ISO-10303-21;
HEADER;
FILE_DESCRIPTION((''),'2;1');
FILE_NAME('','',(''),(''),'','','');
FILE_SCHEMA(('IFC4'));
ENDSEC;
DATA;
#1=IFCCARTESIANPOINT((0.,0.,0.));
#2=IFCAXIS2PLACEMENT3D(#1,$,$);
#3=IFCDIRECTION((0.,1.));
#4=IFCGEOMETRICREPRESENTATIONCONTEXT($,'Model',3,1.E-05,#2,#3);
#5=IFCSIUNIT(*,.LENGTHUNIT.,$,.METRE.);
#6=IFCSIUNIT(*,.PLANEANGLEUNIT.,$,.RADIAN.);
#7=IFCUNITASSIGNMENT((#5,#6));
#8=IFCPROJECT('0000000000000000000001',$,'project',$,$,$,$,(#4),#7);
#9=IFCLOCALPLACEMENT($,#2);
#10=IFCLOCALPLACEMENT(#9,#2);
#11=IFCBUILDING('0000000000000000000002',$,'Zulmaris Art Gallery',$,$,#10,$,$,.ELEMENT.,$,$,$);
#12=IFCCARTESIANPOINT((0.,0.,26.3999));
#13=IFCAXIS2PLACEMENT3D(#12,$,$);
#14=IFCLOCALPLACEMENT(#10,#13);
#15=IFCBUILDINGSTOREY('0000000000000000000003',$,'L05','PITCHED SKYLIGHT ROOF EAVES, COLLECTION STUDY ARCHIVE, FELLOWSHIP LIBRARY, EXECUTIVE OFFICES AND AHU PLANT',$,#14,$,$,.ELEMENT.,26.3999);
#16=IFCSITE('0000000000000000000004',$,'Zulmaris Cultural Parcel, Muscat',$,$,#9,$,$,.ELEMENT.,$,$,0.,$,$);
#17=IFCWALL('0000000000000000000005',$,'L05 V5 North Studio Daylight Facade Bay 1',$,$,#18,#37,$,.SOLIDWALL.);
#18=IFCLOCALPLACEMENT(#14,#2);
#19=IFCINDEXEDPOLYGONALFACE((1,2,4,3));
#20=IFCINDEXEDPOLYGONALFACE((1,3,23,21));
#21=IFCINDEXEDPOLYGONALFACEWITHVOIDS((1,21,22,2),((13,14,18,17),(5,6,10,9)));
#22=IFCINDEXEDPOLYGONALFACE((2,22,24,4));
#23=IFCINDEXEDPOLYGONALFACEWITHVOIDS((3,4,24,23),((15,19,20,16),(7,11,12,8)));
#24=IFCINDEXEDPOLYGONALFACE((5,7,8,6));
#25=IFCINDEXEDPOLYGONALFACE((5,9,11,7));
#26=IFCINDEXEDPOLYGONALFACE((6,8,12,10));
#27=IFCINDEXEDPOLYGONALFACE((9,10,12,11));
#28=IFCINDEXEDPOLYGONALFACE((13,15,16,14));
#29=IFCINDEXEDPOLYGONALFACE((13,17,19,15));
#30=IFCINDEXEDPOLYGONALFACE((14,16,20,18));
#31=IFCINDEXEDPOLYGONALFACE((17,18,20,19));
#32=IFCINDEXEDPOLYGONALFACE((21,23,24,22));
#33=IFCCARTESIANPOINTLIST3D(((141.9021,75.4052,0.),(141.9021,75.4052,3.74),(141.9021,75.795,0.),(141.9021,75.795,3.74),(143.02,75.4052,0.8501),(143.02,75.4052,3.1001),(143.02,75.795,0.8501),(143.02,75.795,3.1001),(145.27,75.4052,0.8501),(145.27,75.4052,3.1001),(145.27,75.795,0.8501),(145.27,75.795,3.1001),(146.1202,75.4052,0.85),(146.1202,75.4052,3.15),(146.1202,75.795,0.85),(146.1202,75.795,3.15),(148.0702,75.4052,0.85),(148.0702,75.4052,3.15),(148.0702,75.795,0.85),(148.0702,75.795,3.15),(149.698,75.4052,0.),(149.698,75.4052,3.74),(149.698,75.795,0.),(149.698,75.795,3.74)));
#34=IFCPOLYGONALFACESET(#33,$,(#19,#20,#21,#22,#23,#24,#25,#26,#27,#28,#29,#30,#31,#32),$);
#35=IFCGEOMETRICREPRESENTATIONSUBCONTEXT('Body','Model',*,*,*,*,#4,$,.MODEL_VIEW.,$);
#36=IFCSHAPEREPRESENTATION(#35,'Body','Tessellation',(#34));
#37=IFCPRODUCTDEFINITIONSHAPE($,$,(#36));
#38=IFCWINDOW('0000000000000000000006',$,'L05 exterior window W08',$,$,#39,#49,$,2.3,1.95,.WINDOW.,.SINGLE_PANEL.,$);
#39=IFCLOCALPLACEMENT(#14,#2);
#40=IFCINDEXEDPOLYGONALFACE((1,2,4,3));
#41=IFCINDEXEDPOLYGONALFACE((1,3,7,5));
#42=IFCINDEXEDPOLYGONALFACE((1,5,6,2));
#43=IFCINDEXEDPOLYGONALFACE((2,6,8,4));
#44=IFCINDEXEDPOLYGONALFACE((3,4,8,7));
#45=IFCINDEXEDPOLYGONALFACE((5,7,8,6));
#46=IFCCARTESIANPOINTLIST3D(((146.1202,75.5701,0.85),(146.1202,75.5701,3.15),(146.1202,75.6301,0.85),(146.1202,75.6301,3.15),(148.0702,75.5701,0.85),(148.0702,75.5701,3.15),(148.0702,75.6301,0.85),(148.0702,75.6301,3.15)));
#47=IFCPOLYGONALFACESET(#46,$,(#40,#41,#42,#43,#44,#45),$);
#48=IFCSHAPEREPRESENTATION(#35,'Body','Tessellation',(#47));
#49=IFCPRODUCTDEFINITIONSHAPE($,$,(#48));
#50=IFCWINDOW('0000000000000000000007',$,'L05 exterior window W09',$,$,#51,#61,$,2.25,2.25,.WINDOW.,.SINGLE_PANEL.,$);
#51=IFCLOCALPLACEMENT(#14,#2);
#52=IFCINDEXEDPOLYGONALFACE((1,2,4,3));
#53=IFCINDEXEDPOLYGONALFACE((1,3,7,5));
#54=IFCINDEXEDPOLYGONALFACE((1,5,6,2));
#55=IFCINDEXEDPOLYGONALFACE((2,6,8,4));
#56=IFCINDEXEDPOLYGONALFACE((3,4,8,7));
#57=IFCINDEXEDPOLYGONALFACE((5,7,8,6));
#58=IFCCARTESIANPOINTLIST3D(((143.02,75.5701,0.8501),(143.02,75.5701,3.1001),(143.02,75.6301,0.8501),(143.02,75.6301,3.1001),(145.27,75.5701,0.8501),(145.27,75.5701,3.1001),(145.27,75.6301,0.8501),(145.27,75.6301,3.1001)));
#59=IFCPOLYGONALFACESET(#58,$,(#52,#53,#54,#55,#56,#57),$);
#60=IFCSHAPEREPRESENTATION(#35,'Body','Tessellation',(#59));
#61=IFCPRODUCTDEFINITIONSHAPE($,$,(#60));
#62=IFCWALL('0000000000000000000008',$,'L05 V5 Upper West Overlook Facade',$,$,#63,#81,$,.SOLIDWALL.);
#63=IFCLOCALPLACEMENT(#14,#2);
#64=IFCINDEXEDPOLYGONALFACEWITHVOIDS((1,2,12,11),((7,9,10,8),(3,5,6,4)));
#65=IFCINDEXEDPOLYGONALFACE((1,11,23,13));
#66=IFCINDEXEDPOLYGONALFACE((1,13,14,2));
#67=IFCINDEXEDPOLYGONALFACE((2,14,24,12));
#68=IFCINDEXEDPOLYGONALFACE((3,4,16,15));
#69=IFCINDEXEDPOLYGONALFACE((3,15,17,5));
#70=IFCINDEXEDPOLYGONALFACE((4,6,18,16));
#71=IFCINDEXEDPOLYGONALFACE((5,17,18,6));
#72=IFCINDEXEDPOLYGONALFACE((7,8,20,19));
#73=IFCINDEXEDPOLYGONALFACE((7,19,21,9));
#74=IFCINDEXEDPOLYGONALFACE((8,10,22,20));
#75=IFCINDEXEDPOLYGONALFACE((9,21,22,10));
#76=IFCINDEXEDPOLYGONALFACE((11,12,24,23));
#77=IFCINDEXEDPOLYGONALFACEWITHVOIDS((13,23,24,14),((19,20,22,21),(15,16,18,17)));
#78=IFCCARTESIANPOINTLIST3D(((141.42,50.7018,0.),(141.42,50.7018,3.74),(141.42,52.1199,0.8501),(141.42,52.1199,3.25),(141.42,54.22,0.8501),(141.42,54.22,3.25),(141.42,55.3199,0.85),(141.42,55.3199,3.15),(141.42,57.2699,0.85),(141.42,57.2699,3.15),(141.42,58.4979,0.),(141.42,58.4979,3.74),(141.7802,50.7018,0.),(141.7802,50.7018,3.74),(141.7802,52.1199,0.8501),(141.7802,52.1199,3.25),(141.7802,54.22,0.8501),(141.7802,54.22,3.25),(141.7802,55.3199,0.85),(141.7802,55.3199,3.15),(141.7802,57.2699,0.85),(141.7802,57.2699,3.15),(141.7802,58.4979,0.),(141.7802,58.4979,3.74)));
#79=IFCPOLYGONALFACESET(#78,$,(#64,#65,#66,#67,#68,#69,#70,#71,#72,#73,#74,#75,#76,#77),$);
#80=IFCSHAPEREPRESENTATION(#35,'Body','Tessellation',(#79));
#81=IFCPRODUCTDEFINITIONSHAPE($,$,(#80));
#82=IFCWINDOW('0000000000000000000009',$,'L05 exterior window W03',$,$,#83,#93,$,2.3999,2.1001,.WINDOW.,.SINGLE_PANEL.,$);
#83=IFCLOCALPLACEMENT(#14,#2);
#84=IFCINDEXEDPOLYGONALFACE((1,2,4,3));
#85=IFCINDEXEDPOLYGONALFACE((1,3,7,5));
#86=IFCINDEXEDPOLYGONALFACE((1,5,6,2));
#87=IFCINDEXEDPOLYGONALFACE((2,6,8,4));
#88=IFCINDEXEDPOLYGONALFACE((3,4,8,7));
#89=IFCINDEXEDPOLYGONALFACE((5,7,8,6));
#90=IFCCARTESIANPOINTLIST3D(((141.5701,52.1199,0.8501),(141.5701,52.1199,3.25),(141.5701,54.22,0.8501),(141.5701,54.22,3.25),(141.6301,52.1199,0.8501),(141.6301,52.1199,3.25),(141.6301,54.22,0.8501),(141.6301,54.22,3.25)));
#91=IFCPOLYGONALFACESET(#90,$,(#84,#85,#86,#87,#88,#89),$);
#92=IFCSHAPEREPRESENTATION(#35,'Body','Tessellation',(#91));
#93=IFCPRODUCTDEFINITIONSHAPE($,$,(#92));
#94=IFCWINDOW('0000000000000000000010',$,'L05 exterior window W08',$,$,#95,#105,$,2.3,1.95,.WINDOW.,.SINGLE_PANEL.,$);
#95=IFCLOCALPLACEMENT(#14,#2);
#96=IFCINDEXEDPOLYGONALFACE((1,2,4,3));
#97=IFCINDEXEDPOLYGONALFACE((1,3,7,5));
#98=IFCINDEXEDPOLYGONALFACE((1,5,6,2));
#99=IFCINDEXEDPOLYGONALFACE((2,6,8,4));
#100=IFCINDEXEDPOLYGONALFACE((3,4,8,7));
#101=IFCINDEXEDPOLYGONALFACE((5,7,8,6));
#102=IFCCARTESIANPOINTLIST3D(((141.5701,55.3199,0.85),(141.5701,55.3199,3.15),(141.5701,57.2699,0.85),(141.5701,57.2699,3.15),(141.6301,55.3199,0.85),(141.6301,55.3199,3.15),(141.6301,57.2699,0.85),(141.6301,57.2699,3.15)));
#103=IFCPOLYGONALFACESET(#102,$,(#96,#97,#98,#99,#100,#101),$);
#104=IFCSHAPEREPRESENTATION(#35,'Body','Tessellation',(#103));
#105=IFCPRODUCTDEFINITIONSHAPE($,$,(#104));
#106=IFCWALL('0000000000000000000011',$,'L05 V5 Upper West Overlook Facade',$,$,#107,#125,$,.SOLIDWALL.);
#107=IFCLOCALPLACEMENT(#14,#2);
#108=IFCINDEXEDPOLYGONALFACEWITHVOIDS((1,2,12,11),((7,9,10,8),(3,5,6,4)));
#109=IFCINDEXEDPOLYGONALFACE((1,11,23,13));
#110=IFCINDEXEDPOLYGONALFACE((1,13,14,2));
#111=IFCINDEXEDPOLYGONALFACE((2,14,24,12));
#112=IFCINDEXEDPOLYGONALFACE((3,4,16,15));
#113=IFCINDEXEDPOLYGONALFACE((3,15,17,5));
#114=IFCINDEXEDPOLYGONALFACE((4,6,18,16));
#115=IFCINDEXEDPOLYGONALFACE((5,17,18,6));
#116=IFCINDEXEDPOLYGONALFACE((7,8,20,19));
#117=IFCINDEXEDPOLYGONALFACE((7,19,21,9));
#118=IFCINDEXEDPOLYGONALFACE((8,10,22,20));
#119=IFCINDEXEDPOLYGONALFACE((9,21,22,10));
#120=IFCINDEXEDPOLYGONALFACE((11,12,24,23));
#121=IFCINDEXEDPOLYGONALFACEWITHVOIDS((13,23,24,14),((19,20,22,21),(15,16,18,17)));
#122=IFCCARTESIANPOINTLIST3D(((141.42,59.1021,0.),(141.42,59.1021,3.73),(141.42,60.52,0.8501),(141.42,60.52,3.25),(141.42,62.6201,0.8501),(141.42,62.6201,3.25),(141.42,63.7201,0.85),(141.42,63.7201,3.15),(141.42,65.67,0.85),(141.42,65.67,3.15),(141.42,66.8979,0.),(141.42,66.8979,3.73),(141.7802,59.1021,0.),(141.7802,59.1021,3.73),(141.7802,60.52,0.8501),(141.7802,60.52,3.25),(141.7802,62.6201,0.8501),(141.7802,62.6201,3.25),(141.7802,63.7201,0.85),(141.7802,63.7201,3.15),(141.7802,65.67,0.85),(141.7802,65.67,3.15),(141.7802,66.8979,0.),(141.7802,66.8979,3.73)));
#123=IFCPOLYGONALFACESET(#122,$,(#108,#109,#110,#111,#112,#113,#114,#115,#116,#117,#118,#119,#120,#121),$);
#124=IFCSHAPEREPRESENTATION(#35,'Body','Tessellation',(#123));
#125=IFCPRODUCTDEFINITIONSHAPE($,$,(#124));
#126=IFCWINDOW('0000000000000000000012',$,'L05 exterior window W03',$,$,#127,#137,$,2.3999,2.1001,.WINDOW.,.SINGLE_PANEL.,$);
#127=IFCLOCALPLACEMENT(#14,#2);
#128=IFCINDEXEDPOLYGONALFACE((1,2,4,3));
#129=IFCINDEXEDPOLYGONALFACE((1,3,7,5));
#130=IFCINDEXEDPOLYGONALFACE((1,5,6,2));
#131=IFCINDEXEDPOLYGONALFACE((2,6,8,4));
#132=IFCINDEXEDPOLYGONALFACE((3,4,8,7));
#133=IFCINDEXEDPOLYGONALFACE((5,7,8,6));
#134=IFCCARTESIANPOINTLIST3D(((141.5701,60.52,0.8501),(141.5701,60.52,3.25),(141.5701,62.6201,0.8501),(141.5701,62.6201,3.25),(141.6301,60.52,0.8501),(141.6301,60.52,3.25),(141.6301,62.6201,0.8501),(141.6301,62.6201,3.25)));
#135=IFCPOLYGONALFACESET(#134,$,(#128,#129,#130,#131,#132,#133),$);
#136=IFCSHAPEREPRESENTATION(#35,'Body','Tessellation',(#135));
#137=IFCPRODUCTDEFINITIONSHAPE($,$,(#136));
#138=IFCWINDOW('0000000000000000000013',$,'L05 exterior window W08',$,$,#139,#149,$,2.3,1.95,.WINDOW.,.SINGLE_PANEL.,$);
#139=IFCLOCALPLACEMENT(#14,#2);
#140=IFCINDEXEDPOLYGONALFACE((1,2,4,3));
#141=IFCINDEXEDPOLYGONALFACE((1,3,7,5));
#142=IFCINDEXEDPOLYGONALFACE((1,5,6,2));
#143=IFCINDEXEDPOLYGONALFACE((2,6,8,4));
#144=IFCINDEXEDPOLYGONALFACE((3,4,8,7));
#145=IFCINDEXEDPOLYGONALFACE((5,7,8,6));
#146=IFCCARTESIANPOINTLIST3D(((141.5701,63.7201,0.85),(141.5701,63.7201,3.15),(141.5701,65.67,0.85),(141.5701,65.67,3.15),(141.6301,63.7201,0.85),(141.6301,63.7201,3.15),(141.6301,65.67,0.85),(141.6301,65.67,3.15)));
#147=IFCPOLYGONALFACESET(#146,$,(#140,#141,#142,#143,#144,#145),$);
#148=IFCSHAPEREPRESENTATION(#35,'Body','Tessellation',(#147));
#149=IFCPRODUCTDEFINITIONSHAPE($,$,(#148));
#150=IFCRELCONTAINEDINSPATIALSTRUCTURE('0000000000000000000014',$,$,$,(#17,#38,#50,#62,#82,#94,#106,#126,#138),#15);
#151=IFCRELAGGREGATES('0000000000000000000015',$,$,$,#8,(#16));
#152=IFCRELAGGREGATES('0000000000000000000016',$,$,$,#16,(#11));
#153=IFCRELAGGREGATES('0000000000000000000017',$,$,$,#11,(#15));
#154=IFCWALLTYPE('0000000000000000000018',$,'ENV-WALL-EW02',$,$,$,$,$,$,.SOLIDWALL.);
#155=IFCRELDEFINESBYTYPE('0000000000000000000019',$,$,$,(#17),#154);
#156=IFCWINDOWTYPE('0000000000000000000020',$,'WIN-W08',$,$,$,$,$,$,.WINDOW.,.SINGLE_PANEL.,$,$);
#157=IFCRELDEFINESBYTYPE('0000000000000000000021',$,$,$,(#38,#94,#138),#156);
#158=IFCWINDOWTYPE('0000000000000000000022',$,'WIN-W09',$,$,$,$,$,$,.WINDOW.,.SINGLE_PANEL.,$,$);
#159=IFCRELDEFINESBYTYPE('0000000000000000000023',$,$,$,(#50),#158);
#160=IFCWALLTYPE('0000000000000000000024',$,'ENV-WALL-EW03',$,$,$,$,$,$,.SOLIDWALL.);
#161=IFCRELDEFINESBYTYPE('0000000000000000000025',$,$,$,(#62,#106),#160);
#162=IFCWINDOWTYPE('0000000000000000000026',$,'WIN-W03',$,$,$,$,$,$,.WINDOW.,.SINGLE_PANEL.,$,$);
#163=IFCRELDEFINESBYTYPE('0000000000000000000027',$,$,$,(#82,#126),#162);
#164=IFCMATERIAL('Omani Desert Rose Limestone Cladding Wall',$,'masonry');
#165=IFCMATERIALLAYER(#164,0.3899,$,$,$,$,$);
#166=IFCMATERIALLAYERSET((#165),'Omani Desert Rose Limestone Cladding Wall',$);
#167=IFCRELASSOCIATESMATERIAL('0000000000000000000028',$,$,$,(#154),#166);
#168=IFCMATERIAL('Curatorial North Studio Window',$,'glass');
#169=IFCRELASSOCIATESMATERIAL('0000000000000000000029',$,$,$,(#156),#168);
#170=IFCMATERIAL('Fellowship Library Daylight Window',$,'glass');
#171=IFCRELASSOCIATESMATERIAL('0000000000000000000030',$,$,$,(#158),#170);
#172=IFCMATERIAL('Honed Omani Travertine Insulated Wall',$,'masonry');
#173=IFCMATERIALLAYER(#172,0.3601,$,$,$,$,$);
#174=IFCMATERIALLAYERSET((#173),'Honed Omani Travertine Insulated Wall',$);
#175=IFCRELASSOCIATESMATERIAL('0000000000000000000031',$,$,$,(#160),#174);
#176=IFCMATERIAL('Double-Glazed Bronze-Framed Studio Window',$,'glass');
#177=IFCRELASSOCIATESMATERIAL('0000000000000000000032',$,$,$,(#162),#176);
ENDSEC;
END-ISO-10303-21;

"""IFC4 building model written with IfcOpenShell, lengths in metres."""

from ifc_helpers import new_model, si_unit, direction, frame, frame_2d, origin, place, context, subcontext, project, spatial, rectangle, extrude, material, layer, layer_set, type_object, element, fill, save


model = new_model("IFC4")

# Units and contexts
model_context = context("Model", 3, precision=1e-05, world=origin(), true_north=direction((0.0, 1.0)))
body_context = subcontext(model_context, "Body", "Model", "MODEL_VIEW")
ifc_project = project(units=[si_unit("LENGTHUNIT", "METRE"), si_unit("PLANEANGLEUNIT", "RADIAN")], contexts=[model_context])

# Site, building, storey
site_placement = place(None, origin())
site = spatial("IfcSite", under=ifc_project, at=site_placement, Name="Zulmaris Cultural Parcel, Muscat", CompositionType="ELEMENT", RefElevation=0.0)
building_placement = place(site_placement, origin())
building = spatial("IfcBuilding", under=site, at=building_placement, Name="Zulmaris Art Gallery", CompositionType="ELEMENT")
storey_placement = place(building_placement, frame((0.0, 0.0, 26.3999)))
storey = spatial("IfcBuildingStorey", under=building, at=storey_placement, Name="L05", Description="PITCHED SKYLIGHT ROOF EAVES, COLLECTION STUDY ARCHIVE, FELLOWSHIP LIBRARY, EXECUTIVE OFFICES AND AHU PLANT", CompositionType="ELEMENT", Elevation=26.3999)

# Walls, openings, windows
ifc_material_1 = material(Name="Omani Desert Rose Limestone Cladding Wall", Category="masonry")
ifc_layer_1 = layer(ifc_material_1, 0.3899)
ifc_layer_set_1 = layer_set([ifc_layer_1], Name="Omani Desert Rose Limestone Cladding Wall")
wall_type_1 = type_object("IfcWallType", Name="ENV-WALL-EW02", PredefinedType="SOLIDWALL", material=ifc_layer_set_1)
wall_1_placement = place(storey_placement, frame((141.9021, 75.6001, 0.0), z_axis=(0.0, 0.0, 1.0), x_axis=(1.0, 0.0, 0.0)))
wall_1 = element("IfcWall", 1, at=wall_1_placement, inside=storey, type_object=wall_type_1, Name="L05 V5 North Studio Daylight Facade Bay 1", PredefinedType="SOLIDWALL", context=body_context, shape_type="SweptSolid", body=[
    extrude(rectangle(XDim=7.7959, YDim=0.3899, at=frame_2d((3.8979, 0.0))), origin(), (0.0, 0.0, 1.0), 3.74),
])
opening_1_placement = place(wall_1_placement, frame((1.1179, 0.0, 0.8501)))
opening_1 = element("IfcOpeningElement", 2, at=opening_1_placement, cuts=wall_1, PredefinedType="OPENING", context=body_context, shape_type="SweptSolid", body=[
    extrude(rectangle(XDim=2.25, YDim=2.25, at=frame_2d((1.125, 1.125))), frame((0.0, 0.2048, 0.0), z_axis=(0.0, -1.0, 0.0), x_axis=(1.0, 0.0, 0.0)), (0.0, 0.0, 1.0), 0.4099),
])
opening_2_placement = place(wall_1_placement, frame((4.218, 0.0, 0.8501)))
opening_2 = element("IfcOpeningElement", 3, at=opening_2_placement, cuts=wall_1, PredefinedType="OPENING", context=body_context, shape_type="SweptSolid", body=[
    extrude(rectangle(XDim=1.95, YDim=2.3, at=frame_2d((0.9751, 1.1499))), frame((0.0, 0.2048, 0.0), z_axis=(0.0, -1.0, 0.0), x_axis=(1.0, 0.0, 0.0)), (0.0, 0.0, 1.0), 0.4099),
])
ifc_material_2 = material(Name="Curatorial North Studio Window", Category="glass")
window_type_1 = type_object("IfcWindowType", Name="WIN-W08", PartitioningType="SINGLE_PANEL", PredefinedType="WINDOW", material=ifc_material_2)
window_1_placement = place(opening_2_placement, origin())
window_1 = element("IfcWindow", 4, at=window_1_placement, inside=storey, type_object=window_type_1, Name="L05 exterior window W08", OverallHeight=2.3, OverallWidth=1.95, PartitioningType="SINGLE_PANEL", PredefinedType="WINDOW", context=body_context, shape_type="SweptSolid", body=[
    extrude(rectangle(XDim=1.95, YDim=2.3, at=frame_2d((0.9751, 1.1499))), frame((0.0, 0.03, 0.0), z_axis=(0.0, -1.0, 0.0), x_axis=(1.0, 0.0, 0.0)), (0.0, 0.0, 1.0), 0.0601),
])
fill(opening_2, window_1)
ifc_material_3 = material(Name="Fellowship Library Daylight Window", Category="glass")
window_type_2 = type_object("IfcWindowType", Name="WIN-W09", PartitioningType="SINGLE_PANEL", PredefinedType="WINDOW", material=ifc_material_3)
window_2_placement = place(opening_1_placement, origin())
window_2 = element("IfcWindow", 5, at=window_2_placement, inside=storey, type_object=window_type_2, Name="L05 exterior window W09", OverallHeight=2.25, OverallWidth=2.25, PartitioningType="SINGLE_PANEL", PredefinedType="WINDOW", context=body_context, shape_type="SweptSolid", body=[
    extrude(rectangle(XDim=2.25, YDim=2.25, at=frame_2d((1.125, 1.125))), frame((0.0, 0.03, 0.0), z_axis=(0.0, -1.0, 0.0), x_axis=(1.0, 0.0, 0.0)), (0.0, 0.0, 1.0), 0.0601),
])
fill(opening_1, window_2)
ifc_material_4 = material(Name="Honed Omani Travertine Insulated Wall", Category="masonry")
ifc_layer_2 = layer(ifc_material_4, 0.3601)
ifc_layer_set_2 = layer_set([ifc_layer_2], Name="Honed Omani Travertine Insulated Wall")
wall_type_2 = type_object("IfcWallType", Name="ENV-WALL-EW03", PredefinedType="SOLIDWALL", material=ifc_layer_set_2)
wall_2_placement = place(storey_placement, frame((141.6001, 50.7019, 0.0), z_axis=(0.0, 0.0, 1.0), x_axis=(0.0, 1.0, 0.0)))
wall_2 = element("IfcWall", 6, at=wall_2_placement, inside=storey, type_object=wall_type_2, Name="L05 V5 Upper West Overlook Facade", PredefinedType="SOLIDWALL", context=body_context, shape_type="SweptSolid", body=[
    extrude(rectangle(XDim=7.7961, YDim=0.3601, at=frame_2d((3.8979, 0.0))), origin(), (0.0, 0.0, 1.0), 3.74),
])
opening_3_placement = place(wall_2_placement, frame((1.418, 0.0, 0.8501)))
opening_3 = element("IfcOpeningElement", 7, at=opening_3_placement, cuts=wall_2, PredefinedType="OPENING", context=body_context, shape_type="SweptSolid", body=[
    extrude(rectangle(XDim=2.1001, YDim=2.3999, at=frame_2d((1.05, 1.2))), frame((0.0, 0.1899, 0.0), z_axis=(0.0, -1.0, 0.0), x_axis=(1.0, 0.0, 0.0)), (0.0, 0.0, 1.0), 0.3801),
])
opening_4_placement = place(wall_2_placement, frame((4.6179, 0.0, 0.8501)))
opening_4 = element("IfcOpeningElement", 8, at=opening_4_placement, cuts=wall_2, PredefinedType="OPENING", context=body_context, shape_type="SweptSolid", body=[
    extrude(rectangle(XDim=1.95, YDim=2.3, at=frame_2d((0.9751, 1.1499))), frame((0.0, 0.1899, 0.0), z_axis=(0.0, -1.0, 0.0), x_axis=(1.0, 0.0, 0.0)), (0.0, 0.0, 1.0), 0.3801),
])
ifc_material_5 = material(Name="Double-Glazed Bronze-Framed Studio Window", Category="glass")
window_type_3 = type_object("IfcWindowType", Name="WIN-W03", PartitioningType="SINGLE_PANEL", PredefinedType="WINDOW", material=ifc_material_5)
window_3_placement = place(opening_3_placement, origin())
window_3 = element("IfcWindow", 9, at=window_3_placement, inside=storey, type_object=window_type_3, Name="L05 exterior window W03", OverallHeight=2.3999, OverallWidth=2.1001, PartitioningType="SINGLE_PANEL", PredefinedType="WINDOW", context=body_context, shape_type="SweptSolid", body=[
    extrude(rectangle(XDim=2.1001, YDim=2.3999, at=frame_2d((1.05, 1.2))), frame((0.0, 0.03, 0.0), z_axis=(0.0, -1.0, 0.0), x_axis=(1.0, 0.0, 0.0)), (0.0, 0.0, 1.0), 0.0601),
])
fill(opening_3, window_3)
window_4_placement = place(opening_4_placement, origin())
window_4 = element("IfcWindow", 10, at=window_4_placement, inside=storey, type_object=window_type_1, Name="L05 exterior window W08", OverallHeight=2.3, OverallWidth=1.95, PartitioningType="SINGLE_PANEL", PredefinedType="WINDOW", context=body_context, shape_type="SweptSolid", body=[
    extrude(rectangle(XDim=1.95, YDim=2.3, at=frame_2d((0.9751, 1.1499))), frame((0.0, 0.03, 0.0), z_axis=(0.0, -1.0, 0.0), x_axis=(1.0, 0.0, 0.0)), (0.0, 0.0, 1.0), 0.0601),
])
fill(opening_4, window_4)
wall_3_placement = place(storey_placement, frame((141.6001, 59.1021, 0.0), z_axis=(0.0, 0.0, 1.0), x_axis=(0.0, 1.0, 0.0)))
wall_3 = element("IfcWall", 11, at=wall_3_placement, inside=storey, type_object=wall_type_2, Name="L05 V5 Upper West Overlook Facade", PredefinedType="SOLIDWALL", context=body_context, shape_type="SweptSolid", body=[
    extrude(rectangle(XDim=7.7959, YDim=0.3601, at=frame_2d((3.8979, 0.0))), origin(), (0.0, 0.0, 1.0), 3.73),
])
opening_5_placement = place(wall_3_placement, frame((1.418, 0.0, 0.8501)))
opening_5 = element("IfcOpeningElement", 12, at=opening_5_placement, cuts=wall_3, PredefinedType="OPENING", context=body_context, shape_type="SweptSolid", body=[
    extrude(rectangle(XDim=2.1001, YDim=2.3999, at=frame_2d((1.05, 1.2))), frame((0.0, 0.1899, 0.0), z_axis=(0.0, -1.0, 0.0), x_axis=(1.0, 0.0, 0.0)), (0.0, 0.0, 1.0), 0.3801),
])
opening_6_placement = place(wall_3_placement, frame((4.6179, 0.0, 0.8501)))
opening_6 = element("IfcOpeningElement", 13, at=opening_6_placement, cuts=wall_3, PredefinedType="OPENING", context=body_context, shape_type="SweptSolid", body=[
    extrude(rectangle(XDim=1.95, YDim=2.3, at=frame_2d((0.9751, 1.1499))), frame((0.0, 0.1899, 0.0), z_axis=(0.0, -1.0, 0.0), x_axis=(1.0, 0.0, 0.0)), (0.0, 0.0, 1.0), 0.3801),
])
window_5_placement = place(opening_5_placement, origin())
window_5 = element("IfcWindow", 14, at=window_5_placement, inside=storey, type_object=window_type_3, Name="L05 exterior window W03", OverallHeight=2.3999, OverallWidth=2.1001, PartitioningType="SINGLE_PANEL", PredefinedType="WINDOW", context=body_context, shape_type="SweptSolid", body=[
    extrude(rectangle(XDim=2.1001, YDim=2.3999, at=frame_2d((1.05, 1.2))), frame((0.0, 0.03, 0.0), z_axis=(0.0, -1.0, 0.0), x_axis=(1.0, 0.0, 0.0)), (0.0, 0.0, 1.0), 0.0601),
])
fill(opening_5, window_5)
window_6_placement = place(opening_6_placement, origin())
window_6 = element("IfcWindow", 15, at=window_6_placement, inside=storey, type_object=window_type_1, Name="L05 exterior window W08", OverallHeight=2.3, OverallWidth=1.95, PartitioningType="SINGLE_PANEL", PredefinedType="WINDOW", context=body_context, shape_type="SweptSolid", body=[
    extrude(rectangle(XDim=1.95, YDim=2.3, at=frame_2d((0.9751, 1.1499))), frame((0.0, 0.03, 0.0), z_axis=(0.0, -1.0, 0.0), x_axis=(1.0, 0.0, 0.0)), (0.0, 0.0, 1.0), 0.0601),
])
fill(opening_6, window_6)

save(model, "model.ifc")
